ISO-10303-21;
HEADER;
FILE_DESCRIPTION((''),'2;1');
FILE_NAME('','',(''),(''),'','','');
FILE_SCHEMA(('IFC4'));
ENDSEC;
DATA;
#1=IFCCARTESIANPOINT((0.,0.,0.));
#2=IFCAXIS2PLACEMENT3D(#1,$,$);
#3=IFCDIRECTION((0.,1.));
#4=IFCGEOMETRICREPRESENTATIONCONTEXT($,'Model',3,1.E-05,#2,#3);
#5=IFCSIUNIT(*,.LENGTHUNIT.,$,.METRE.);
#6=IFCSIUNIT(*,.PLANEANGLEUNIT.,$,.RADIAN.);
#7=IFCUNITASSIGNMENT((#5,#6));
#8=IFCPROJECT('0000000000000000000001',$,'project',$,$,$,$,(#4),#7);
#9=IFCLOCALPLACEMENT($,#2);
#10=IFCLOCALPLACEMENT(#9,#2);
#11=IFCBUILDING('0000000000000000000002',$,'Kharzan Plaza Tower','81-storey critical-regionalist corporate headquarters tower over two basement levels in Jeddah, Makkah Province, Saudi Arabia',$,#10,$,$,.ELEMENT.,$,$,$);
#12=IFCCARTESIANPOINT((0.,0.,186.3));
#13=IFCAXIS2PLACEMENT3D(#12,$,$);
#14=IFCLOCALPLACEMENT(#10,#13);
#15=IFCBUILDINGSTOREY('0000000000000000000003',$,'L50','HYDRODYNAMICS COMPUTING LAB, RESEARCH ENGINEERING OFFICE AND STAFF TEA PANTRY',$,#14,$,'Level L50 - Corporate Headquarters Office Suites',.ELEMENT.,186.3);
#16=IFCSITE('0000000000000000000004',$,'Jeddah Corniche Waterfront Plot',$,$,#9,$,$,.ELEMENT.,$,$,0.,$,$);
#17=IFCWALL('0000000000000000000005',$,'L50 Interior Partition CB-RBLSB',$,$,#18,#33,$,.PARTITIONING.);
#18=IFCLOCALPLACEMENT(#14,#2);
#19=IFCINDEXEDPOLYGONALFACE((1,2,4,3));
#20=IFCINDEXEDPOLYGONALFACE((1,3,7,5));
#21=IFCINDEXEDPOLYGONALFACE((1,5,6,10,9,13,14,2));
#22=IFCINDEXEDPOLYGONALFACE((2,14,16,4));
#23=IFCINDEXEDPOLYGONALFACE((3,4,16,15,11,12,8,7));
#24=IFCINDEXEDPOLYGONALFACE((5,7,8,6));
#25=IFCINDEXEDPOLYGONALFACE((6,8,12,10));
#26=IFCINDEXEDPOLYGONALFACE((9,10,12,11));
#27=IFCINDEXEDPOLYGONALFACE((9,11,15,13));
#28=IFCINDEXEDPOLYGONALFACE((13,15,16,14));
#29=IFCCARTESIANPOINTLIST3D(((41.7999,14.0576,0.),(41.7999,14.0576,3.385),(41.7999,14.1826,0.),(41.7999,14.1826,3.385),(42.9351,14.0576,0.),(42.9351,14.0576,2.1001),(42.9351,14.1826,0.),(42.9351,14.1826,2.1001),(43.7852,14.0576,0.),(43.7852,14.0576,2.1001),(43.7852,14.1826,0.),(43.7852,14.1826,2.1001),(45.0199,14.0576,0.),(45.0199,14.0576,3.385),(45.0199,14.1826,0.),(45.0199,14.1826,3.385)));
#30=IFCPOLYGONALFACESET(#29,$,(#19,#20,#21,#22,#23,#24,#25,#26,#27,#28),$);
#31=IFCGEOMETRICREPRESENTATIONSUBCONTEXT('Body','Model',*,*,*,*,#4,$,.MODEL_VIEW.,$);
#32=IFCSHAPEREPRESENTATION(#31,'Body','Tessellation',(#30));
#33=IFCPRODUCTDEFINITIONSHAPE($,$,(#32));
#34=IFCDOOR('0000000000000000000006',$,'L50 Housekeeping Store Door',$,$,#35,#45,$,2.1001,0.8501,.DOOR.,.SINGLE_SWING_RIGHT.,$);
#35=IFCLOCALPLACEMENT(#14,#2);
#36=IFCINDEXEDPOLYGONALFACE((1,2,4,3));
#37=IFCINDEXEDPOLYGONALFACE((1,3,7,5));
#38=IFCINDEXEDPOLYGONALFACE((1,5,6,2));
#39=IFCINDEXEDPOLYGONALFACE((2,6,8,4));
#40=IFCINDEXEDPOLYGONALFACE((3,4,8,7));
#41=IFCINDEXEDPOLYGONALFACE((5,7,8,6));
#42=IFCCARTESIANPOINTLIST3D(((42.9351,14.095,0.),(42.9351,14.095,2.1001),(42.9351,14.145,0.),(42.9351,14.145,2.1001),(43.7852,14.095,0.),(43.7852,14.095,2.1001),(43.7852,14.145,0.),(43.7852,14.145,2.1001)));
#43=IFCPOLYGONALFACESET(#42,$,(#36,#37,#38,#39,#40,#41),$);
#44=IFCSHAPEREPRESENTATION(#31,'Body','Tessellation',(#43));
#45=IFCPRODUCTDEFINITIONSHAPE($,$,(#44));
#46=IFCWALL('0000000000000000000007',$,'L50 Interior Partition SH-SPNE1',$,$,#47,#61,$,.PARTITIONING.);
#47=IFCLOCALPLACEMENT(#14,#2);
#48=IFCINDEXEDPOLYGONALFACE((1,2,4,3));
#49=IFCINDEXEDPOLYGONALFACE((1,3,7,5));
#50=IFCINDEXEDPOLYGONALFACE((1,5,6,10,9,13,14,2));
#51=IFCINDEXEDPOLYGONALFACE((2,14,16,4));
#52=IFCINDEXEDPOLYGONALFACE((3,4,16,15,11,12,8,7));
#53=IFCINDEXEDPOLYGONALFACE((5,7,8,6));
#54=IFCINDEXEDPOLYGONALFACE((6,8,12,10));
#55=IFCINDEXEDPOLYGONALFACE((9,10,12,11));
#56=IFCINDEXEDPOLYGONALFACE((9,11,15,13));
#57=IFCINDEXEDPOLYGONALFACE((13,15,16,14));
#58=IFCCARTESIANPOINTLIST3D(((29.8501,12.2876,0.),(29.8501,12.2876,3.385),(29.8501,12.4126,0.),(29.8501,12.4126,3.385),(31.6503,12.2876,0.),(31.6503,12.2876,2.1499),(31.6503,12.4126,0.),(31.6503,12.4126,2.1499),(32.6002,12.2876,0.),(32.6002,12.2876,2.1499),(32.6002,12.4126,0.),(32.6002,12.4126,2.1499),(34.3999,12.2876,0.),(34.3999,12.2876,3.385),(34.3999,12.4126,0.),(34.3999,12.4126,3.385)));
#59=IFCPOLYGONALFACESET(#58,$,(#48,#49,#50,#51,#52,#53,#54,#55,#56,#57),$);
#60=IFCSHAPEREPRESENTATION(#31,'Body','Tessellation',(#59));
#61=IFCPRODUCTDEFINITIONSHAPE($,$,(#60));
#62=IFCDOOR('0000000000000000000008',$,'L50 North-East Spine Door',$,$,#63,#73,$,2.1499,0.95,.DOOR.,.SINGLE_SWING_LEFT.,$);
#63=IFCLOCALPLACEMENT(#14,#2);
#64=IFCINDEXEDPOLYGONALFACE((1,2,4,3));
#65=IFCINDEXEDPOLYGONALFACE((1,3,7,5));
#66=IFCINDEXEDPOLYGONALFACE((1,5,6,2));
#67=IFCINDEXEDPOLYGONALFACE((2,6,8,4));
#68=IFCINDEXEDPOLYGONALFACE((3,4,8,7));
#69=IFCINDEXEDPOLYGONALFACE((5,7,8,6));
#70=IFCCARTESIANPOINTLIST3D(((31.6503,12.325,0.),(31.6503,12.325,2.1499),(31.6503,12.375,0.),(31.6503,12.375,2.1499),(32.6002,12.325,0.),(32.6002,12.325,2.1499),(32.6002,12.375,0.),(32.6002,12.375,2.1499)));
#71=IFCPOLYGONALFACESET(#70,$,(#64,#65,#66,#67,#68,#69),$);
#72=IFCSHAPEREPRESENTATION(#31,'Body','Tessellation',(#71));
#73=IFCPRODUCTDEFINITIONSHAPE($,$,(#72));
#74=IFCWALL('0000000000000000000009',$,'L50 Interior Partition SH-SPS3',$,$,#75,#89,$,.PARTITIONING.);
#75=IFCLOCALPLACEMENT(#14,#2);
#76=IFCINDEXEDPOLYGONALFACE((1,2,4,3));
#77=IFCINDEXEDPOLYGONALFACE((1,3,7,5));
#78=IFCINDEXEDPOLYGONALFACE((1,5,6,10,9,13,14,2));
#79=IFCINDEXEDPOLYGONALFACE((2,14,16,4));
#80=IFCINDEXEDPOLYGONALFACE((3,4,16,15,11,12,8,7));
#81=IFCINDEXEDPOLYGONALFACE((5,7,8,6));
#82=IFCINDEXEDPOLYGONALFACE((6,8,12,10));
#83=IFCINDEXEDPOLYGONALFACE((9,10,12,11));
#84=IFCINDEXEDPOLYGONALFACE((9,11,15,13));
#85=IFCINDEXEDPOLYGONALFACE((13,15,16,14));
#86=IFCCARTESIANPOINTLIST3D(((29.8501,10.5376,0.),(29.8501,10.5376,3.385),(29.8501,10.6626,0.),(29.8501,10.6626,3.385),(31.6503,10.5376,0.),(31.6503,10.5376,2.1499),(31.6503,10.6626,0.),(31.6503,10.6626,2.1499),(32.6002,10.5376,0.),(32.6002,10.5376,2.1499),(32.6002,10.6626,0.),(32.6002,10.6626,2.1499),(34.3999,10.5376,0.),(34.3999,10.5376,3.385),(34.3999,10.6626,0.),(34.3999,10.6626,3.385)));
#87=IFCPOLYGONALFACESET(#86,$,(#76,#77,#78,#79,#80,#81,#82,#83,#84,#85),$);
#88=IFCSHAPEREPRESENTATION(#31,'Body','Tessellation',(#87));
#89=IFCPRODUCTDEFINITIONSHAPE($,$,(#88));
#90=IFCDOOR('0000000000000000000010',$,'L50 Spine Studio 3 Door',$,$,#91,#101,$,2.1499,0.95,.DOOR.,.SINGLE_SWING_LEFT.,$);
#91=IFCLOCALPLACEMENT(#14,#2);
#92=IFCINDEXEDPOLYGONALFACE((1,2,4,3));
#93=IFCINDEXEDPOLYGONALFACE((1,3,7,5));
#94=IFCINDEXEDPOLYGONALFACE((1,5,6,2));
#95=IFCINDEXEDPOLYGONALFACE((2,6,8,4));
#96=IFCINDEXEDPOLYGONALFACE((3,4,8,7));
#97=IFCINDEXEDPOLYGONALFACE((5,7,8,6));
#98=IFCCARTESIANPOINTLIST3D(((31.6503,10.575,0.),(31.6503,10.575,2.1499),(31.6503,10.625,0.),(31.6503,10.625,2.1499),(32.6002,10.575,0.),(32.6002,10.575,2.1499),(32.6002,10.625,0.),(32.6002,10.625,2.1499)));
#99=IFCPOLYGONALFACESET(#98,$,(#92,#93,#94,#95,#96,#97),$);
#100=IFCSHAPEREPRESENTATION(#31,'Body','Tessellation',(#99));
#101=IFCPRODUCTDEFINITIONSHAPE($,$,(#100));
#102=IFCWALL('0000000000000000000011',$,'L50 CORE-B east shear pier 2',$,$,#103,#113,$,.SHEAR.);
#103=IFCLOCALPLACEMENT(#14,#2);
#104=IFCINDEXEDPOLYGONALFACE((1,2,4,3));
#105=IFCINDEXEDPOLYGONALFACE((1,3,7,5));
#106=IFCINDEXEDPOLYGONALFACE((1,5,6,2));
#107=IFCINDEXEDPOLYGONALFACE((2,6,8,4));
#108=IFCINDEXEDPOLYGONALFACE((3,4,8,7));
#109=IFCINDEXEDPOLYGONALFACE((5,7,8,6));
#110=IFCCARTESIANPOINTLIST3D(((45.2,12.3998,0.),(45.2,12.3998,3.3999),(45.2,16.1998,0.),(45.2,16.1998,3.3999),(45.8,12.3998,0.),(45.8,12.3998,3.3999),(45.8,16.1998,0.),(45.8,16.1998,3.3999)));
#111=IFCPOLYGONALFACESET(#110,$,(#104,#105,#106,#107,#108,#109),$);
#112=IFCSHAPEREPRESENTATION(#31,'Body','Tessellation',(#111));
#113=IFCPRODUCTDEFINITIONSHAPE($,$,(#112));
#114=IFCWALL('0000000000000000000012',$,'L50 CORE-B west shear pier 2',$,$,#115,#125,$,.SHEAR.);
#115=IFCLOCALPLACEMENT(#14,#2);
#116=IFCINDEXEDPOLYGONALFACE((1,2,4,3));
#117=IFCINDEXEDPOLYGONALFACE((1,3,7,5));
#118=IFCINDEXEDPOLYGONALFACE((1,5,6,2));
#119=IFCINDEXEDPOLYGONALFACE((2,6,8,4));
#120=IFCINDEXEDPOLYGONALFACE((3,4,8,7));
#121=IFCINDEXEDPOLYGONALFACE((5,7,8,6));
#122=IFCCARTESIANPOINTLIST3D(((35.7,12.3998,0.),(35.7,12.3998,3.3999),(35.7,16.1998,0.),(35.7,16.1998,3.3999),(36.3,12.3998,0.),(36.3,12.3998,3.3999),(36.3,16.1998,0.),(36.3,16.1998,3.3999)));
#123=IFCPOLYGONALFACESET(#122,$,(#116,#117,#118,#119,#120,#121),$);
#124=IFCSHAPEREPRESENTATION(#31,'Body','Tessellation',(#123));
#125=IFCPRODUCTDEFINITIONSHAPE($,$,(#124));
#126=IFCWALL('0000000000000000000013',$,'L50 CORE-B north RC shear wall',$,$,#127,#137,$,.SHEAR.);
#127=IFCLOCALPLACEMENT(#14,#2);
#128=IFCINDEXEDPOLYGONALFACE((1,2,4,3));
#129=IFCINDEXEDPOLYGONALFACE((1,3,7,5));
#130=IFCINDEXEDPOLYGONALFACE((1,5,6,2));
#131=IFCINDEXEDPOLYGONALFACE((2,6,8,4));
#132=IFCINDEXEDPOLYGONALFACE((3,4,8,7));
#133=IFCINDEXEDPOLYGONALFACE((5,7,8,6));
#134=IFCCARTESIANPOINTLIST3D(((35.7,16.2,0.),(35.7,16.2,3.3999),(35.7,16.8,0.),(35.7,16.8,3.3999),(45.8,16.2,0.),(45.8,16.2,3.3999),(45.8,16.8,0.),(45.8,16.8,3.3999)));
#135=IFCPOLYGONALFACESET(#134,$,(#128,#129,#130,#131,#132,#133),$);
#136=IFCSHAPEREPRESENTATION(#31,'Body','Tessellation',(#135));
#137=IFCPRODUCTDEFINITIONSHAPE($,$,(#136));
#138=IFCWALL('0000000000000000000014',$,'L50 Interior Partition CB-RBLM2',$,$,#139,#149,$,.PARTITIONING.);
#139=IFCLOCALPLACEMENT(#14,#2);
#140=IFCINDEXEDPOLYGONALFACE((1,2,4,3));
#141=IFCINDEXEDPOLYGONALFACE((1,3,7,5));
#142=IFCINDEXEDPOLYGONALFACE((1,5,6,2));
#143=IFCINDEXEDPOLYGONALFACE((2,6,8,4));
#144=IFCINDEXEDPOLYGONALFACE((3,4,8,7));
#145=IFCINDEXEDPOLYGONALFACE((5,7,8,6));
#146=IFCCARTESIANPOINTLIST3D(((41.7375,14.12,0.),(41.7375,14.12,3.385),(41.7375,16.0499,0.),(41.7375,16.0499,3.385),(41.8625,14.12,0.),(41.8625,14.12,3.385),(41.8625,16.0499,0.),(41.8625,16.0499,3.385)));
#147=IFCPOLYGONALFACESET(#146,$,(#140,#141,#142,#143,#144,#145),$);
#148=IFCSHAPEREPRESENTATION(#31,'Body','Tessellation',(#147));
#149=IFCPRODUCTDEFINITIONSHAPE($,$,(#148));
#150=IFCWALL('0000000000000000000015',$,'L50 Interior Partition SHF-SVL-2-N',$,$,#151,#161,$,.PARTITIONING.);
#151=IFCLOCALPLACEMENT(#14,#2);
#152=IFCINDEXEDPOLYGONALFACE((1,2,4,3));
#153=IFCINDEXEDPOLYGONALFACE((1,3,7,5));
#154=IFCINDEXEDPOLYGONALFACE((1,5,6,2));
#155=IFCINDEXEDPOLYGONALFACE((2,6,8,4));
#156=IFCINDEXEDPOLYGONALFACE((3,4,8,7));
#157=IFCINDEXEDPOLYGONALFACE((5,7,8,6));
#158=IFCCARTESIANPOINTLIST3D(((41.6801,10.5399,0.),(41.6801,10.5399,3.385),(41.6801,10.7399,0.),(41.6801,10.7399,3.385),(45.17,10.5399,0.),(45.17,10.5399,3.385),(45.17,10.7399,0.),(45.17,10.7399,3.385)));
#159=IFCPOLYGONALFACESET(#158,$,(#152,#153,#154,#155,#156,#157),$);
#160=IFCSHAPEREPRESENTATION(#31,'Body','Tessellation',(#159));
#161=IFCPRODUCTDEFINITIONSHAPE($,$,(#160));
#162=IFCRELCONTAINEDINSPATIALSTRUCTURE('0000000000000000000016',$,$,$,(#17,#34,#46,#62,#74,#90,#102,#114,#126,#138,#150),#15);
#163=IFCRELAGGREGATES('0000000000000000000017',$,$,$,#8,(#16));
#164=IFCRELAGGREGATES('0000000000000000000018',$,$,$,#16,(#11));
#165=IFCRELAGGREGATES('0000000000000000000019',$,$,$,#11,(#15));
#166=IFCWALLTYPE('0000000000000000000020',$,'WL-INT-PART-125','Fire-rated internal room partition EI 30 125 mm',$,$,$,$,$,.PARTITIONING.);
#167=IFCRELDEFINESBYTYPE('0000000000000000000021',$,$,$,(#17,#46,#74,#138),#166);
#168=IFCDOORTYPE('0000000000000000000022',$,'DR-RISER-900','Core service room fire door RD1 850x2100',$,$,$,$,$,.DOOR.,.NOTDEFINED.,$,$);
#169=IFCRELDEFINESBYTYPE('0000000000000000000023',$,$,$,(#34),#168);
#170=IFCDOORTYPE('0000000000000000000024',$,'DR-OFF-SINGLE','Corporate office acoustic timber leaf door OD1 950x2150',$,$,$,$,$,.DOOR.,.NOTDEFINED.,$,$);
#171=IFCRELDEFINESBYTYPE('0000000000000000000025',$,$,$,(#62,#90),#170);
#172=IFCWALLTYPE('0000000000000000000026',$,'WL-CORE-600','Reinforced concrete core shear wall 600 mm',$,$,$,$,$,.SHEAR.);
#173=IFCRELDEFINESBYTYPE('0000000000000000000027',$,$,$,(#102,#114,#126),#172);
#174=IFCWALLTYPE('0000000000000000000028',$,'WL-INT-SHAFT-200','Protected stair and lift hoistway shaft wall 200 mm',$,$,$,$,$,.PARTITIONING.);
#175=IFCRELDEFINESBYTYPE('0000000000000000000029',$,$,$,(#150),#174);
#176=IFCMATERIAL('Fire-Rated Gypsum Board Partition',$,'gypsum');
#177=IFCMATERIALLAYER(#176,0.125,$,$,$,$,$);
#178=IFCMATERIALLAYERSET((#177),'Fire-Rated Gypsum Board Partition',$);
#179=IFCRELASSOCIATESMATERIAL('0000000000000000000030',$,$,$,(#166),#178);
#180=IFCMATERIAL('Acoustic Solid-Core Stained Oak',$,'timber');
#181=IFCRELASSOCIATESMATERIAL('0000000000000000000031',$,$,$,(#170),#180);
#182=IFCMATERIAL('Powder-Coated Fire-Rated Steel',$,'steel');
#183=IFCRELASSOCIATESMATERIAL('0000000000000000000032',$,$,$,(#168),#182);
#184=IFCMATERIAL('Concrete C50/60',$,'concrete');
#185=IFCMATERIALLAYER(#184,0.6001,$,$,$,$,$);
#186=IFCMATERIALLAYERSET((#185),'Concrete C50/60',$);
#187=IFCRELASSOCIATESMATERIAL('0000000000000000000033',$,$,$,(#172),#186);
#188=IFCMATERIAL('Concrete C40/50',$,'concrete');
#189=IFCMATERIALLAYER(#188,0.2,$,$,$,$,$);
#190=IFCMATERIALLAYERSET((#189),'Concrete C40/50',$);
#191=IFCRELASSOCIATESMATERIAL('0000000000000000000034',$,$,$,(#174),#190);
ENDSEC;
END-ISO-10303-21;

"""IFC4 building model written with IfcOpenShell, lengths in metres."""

from ifc_helpers import new_model, si_unit, direction, frame, frame_2d, origin, place, context, subcontext, project, spatial, rectangle, extrude, source, transform, mapped, material, layer, layer_set, type_object, element, fill, save


model = new_model("IFC4")

# Units and contexts
model_context = context("Model", 3, precision=1e-05, world=origin(), true_north=direction((0.0, 1.0)))
body_context = subcontext(model_context, "Body", "Model", "MODEL_VIEW")
ifc_project = project(units=[si_unit("LENGTHUNIT", "METRE"), si_unit("PLANEANGLEUNIT", "RADIAN")], contexts=[model_context])

# Site, building, storey
site_placement = place(None, origin())
site = spatial("IfcSite", under=ifc_project, at=site_placement, Name="Jeddah Corniche Waterfront Plot", CompositionType="ELEMENT", RefElevation=0.0)
building_placement = place(site_placement, origin())
building = spatial("IfcBuilding", under=site, at=building_placement, Name="Kharzan Plaza Tower", Description="81-storey critical-regionalist corporate headquarters tower over two basement levels in Jeddah, Makkah Province, Saudi Arabia", CompositionType="ELEMENT")
storey_placement = place(building_placement, frame((0.0, 0.0, 186.3)))
storey = spatial("IfcBuildingStorey", under=building, at=storey_placement, Name="L50", Description="HYDRODYNAMICS COMPUTING LAB, RESEARCH ENGINEERING OFFICE AND STAFF TEA PANTRY", LongName="Level L50 - Corporate Headquarters Office Suites", CompositionType="ELEMENT", Elevation=186.3)

# Shared definitions
ifc_material_1 = material(Name="Concrete C50/60", Category="concrete")

# Shared definitions
ifc_material_2 = material(Name="Concrete C40/50", Category="concrete")

# Walls, openings, doors
ifc_material_3 = material(Name="Fire-Rated Gypsum Board Partition", Category="gypsum")
ifc_layer_1 = layer(ifc_material_3, 0.125)
ifc_layer_set_1 = layer_set([ifc_layer_1], Name="Fire-Rated Gypsum Board Partition")
wall_type_1 = type_object("IfcWallType", Name="WL-INT-PART-125", Description="Fire-rated internal room partition EI 30 125 mm", PredefinedType="PARTITIONING", material=ifc_layer_set_1)
ifc_material_4 = material(Name="Acoustic Solid-Core Stained Oak", Category="timber")
door_type_1 = type_object("IfcDoorType", Name="DR-OFF-SINGLE", Description="Corporate office acoustic timber leaf door OD1 950x2150", OperationType="NOTDEFINED", PredefinedType="DOOR", material=ifc_material_4)
shared_shape_1 = source(origin(), body_context, "Body", "SweptSolid", [
    extrude(rectangle(XDim=0.95, YDim=2.1499, at=frame_2d((0.4751, 1.075))), frame((0.0, 0.0249, 0.0), z_axis=(0.0, -1.0, 0.0), x_axis=(1.0, 0.0, 0.0)), (0.0, 0.0, 1.0), 0.05),
])
wall_1_placement = place(storey_placement, frame((41.8, 14.1201, 0.0), z_axis=(0.0, 0.0, 1.0), x_axis=(1.0, 0.0, 0.0)))
wall_1 = element("IfcWall", 1, at=wall_1_placement, inside=storey, type_object=wall_type_1, Name="L50 Interior Partition CB-RBLSB", PredefinedType="PARTITIONING", context=body_context, shape_type="SweptSolid", body=[
    extrude(rectangle(XDim=3.22, YDim=0.125, at=frame_2d((1.6099, 0.0))), origin(), (0.0, 0.0, 1.0), 3.385),
])
opening_1_placement = place(wall_1_placement, frame((1.135, 0.0, 0.0)))
opening_1 = element("IfcOpeningElement", 2, at=opening_1_placement, cuts=wall_1, PredefinedType="OPENING", context=body_context, shape_type="SweptSolid", body=[
    extrude(rectangle(XDim=0.8501, YDim=2.1001, at=frame_2d((0.425, 1.05))), frame((0.0, 0.0725, 0.0), z_axis=(0.0, -1.0, 0.0), x_axis=(1.0, 0.0, 0.0)), (0.0, 0.0, 1.0), 0.145),
])
ifc_material_5 = material(Name="Powder-Coated Fire-Rated Steel", Category="steel")
door_type_2 = type_object("IfcDoorType", Name="DR-RISER-900", Description="Core service room fire door RD1 850x2100", OperationType="NOTDEFINED", PredefinedType="DOOR", material=ifc_material_5)
shared_shape_2 = source(origin(), body_context, "Body", "SweptSolid", [
    extrude(rectangle(XDim=0.8501, YDim=2.1001, at=frame_2d((0.425, 1.05))), frame((0.0, 0.0249, 0.0), z_axis=(0.0, -1.0, 0.0), x_axis=(1.0, 0.0, 0.0)), (0.0, 0.0, 1.0), 0.05),
])
door_1_placement = place(opening_1_placement, origin())
door_1 = element("IfcDoor", 3, at=door_1_placement, inside=storey, type_object=door_type_2, Name="L50 Housekeeping Store Door", OperationType="SINGLE_SWING_RIGHT", OverallHeight=2.1001, OverallWidth=0.8501, PredefinedType="DOOR", context=body_context, shape_type="MappedRepresentation", body=[
    mapped(shared_shape_2, transform((0.0, 0.0, 0.0), x_axis=(1.0, 0.0, 0.0), y_axis=(0.0, 1.0, 0.0), z_axis=(0.0, 0.0, 1.0))),
])
fill(opening_1, door_1)
wall_2_placement = place(storey_placement, frame((29.8501, 12.3501, 0.0), z_axis=(0.0, 0.0, 1.0), x_axis=(1.0, 0.0, 0.0)))
wall_2 = element("IfcWall", 4, at=wall_2_placement, inside=storey, type_object=wall_type_1, Name="L50 Interior Partition SH-SPNE1", PredefinedType="PARTITIONING", context=body_context, shape_type="SweptSolid", body=[
    extrude(rectangle(XDim=4.5498, YDim=0.125, at=frame_2d((2.2749, 0.0))), origin(), (0.0, 0.0, 1.0), 3.385),
])
opening_2_placement = place(wall_2_placement, frame((1.8, 0.0, 0.0)))
opening_2 = element("IfcOpeningElement", 5, at=opening_2_placement, cuts=wall_2, PredefinedType="OPENING", context=body_context, shape_type="SweptSolid", body=[
    extrude(rectangle(XDim=0.95, YDim=2.1499, at=frame_2d((0.4751, 1.075))), frame((0.0, 0.0725, 0.0), z_axis=(0.0, -1.0, 0.0), x_axis=(1.0, 0.0, 0.0)), (0.0, 0.0, 1.0), 0.145),
])
door_2_placement = place(opening_2_placement, origin())
door_2 = element("IfcDoor", 6, at=door_2_placement, inside=storey, type_object=door_type_1, Name="L50 North-East Spine Door", OperationType="SINGLE_SWING_LEFT", OverallHeight=2.1499, OverallWidth=0.95, PredefinedType="DOOR", context=body_context, shape_type="MappedRepresentation", body=[
    mapped(shared_shape_1, transform((0.0, 0.0, 0.0), x_axis=(1.0, 0.0, 0.0), y_axis=(0.0, 1.0, 0.0), z_axis=(0.0, 0.0, 1.0))),
])
fill(opening_2, door_2)
wall_3_placement = place(storey_placement, frame((29.8501, 10.6001, 0.0), z_axis=(0.0, 0.0, 1.0), x_axis=(1.0, 0.0, 0.0)))
wall_3 = element("IfcWall", 7, at=wall_3_placement, inside=storey, type_object=wall_type_1, Name="L50 Interior Partition SH-SPS3", PredefinedType="PARTITIONING", context=body_context, shape_type="SweptSolid", body=[
    extrude(rectangle(XDim=4.5498, YDim=0.125, at=frame_2d((2.2749, 0.0))), origin(), (0.0, 0.0, 1.0), 3.385),
])
opening_3_placement = place(wall_3_placement, frame((1.8, 0.0, 0.0)))
opening_3 = element("IfcOpeningElement", 8, at=opening_3_placement, cuts=wall_3, PredefinedType="OPENING", context=body_context, shape_type="SweptSolid", body=[
    extrude(rectangle(XDim=0.95, YDim=2.1499, at=frame_2d((0.4751, 1.075))), frame((0.0, 0.0725, 0.0), z_axis=(0.0, -1.0, 0.0), x_axis=(1.0, 0.0, 0.0)), (0.0, 0.0, 1.0), 0.145),
])
door_3_placement = place(opening_3_placement, origin())
door_3 = element("IfcDoor", 9, at=door_3_placement, inside=storey, type_object=door_type_1, Name="L50 Spine Studio 3 Door", OperationType="SINGLE_SWING_LEFT", OverallHeight=2.1499, OverallWidth=0.95, PredefinedType="DOOR", context=body_context, shape_type="MappedRepresentation", body=[
    mapped(shared_shape_1, transform((0.0, 0.0, 0.0), x_axis=(1.0, 0.0, 0.0), y_axis=(0.0, 1.0, 0.0), z_axis=(0.0, 0.0, 1.0))),
])
fill(opening_3, door_3)

# Walls
ifc_layer_2 = layer(ifc_material_1, 0.6001)
ifc_layer_set_2 = layer_set([ifc_layer_2], Name="Concrete C50/60")
wall_type_2 = type_object("IfcWallType", Name="WL-CORE-600", Description="Reinforced concrete core shear wall 600 mm", PredefinedType="SHEAR", material=ifc_layer_set_2)
shared_shape_3 = source(origin(), body_context, "Body", "SweptSolid", [
    extrude(rectangle(XDim=3.8, YDim=0.6001, at=frame_2d((1.8999, 0.0))), origin(), (0.0, 0.0, 1.0), 3.3999),
])
for number, where, z_axis, x_axis, name in (
    (10, (45.5, 12.3999, 0.0), (0.0, 0.0, 1.0), (0.0, 1.0, 0.0), "L50 CORE-B east shear pier 2"),
    (11, (36.0, 12.3999, 0.0), (0.0, 0.0, 1.0), (0.0, 1.0, 0.0), "L50 CORE-B west shear pier 2"),
):
    element("IfcWall", number, at=place(storey_placement, frame(where, z_axis=z_axis, x_axis=x_axis)), inside=storey, type_object=wall_type_2, Name=name, PredefinedType="SHEAR", context=body_context, shape_type="MappedRepresentation", body=[
        mapped(shared_shape_3, transform((0.0, 0.0, 0.0), x_axis=(1.0, 0.0, 0.0), y_axis=(0.0, 1.0, 0.0), z_axis=(0.0, 0.0, 1.0))),
    ])
shared_shape_4 = source(origin(), body_context, "Body", "SweptSolid", [
    extrude(rectangle(XDim=10.1001, YDim=0.6001, at=frame_2d((5.05, 0.0))), origin(), (0.0, 0.0, 1.0), 3.3999),
])
wall_4_placement = place(storey_placement, frame((35.7, 16.5, 0.0), z_axis=(0.0, 0.0, 1.0), x_axis=(1.0, 0.0, 0.0)))
element("IfcWall", 12, at=wall_4_placement, inside=storey, type_object=wall_type_2, Name="L50 CORE-B north RC shear wall", PredefinedType="SHEAR", context=body_context, shape_type="MappedRepresentation", body=[
    mapped(shared_shape_4, transform((0.0, 0.0, 0.0), x_axis=(1.0, 0.0, 0.0), y_axis=(0.0, 1.0, 0.0), z_axis=(0.0, 0.0, 1.0))),
])
shared_shape_5 = source(origin(), body_context, "Body", "SweptSolid", [
    extrude(rectangle(XDim=1.9299, YDim=0.125, at=frame_2d((0.9648, 0.0))), origin(), (0.0, 0.0, 1.0), 3.385),
])
wall_5_placement = place(storey_placement, frame((41.8, 14.1201, 0.0), z_axis=(0.0, 0.0, 1.0), x_axis=(0.0, 1.0, 0.0)))
element("IfcWall", 13, at=wall_5_placement, inside=storey, type_object=wall_type_1, Name="L50 Interior Partition CB-RBLM2", PredefinedType="PARTITIONING", context=body_context, shape_type="MappedRepresentation", body=[
    mapped(shared_shape_5, transform((0.0, 0.0, 0.0), x_axis=(1.0, 0.0, 0.0), y_axis=(0.0, 1.0, 0.0), z_axis=(0.0, 0.0, 1.0))),
])
ifc_layer_3 = layer(ifc_material_2, 0.2)
ifc_layer_set_3 = layer_set([ifc_layer_3], Name="Concrete C40/50")
wall_type_3 = type_object("IfcWallType", Name="WL-INT-SHAFT-200", Description="Protected stair and lift hoistway shaft wall 200 mm", PredefinedType="PARTITIONING", material=ifc_layer_set_3)
shared_shape_6 = source(origin(), body_context, "Body", "SweptSolid", [
    extrude(rectangle(XDim=3.49, YDim=0.2, at=frame_2d((1.7451, 0.0))), origin(), (0.0, 0.0, 1.0), 3.385),
])
wall_6_placement = place(storey_placement, frame((41.6799, 10.6399, 0.0), z_axis=(0.0, 0.0, 1.0), x_axis=(1.0, 0.0, 0.0)))
element("IfcWall", 14, at=wall_6_placement, inside=storey, type_object=wall_type_3, Name="L50 Interior Partition SHF-SVL-2-N", PredefinedType="PARTITIONING", context=body_context, shape_type="MappedRepresentation", body=[
    mapped(shared_shape_6, transform((0.0, 0.0, 0.0), x_axis=(1.0, 0.0, 0.0), y_axis=(0.0, 1.0, 0.0), z_axis=(0.0, 0.0, 1.0))),
])

save(model, "model.ifc")
